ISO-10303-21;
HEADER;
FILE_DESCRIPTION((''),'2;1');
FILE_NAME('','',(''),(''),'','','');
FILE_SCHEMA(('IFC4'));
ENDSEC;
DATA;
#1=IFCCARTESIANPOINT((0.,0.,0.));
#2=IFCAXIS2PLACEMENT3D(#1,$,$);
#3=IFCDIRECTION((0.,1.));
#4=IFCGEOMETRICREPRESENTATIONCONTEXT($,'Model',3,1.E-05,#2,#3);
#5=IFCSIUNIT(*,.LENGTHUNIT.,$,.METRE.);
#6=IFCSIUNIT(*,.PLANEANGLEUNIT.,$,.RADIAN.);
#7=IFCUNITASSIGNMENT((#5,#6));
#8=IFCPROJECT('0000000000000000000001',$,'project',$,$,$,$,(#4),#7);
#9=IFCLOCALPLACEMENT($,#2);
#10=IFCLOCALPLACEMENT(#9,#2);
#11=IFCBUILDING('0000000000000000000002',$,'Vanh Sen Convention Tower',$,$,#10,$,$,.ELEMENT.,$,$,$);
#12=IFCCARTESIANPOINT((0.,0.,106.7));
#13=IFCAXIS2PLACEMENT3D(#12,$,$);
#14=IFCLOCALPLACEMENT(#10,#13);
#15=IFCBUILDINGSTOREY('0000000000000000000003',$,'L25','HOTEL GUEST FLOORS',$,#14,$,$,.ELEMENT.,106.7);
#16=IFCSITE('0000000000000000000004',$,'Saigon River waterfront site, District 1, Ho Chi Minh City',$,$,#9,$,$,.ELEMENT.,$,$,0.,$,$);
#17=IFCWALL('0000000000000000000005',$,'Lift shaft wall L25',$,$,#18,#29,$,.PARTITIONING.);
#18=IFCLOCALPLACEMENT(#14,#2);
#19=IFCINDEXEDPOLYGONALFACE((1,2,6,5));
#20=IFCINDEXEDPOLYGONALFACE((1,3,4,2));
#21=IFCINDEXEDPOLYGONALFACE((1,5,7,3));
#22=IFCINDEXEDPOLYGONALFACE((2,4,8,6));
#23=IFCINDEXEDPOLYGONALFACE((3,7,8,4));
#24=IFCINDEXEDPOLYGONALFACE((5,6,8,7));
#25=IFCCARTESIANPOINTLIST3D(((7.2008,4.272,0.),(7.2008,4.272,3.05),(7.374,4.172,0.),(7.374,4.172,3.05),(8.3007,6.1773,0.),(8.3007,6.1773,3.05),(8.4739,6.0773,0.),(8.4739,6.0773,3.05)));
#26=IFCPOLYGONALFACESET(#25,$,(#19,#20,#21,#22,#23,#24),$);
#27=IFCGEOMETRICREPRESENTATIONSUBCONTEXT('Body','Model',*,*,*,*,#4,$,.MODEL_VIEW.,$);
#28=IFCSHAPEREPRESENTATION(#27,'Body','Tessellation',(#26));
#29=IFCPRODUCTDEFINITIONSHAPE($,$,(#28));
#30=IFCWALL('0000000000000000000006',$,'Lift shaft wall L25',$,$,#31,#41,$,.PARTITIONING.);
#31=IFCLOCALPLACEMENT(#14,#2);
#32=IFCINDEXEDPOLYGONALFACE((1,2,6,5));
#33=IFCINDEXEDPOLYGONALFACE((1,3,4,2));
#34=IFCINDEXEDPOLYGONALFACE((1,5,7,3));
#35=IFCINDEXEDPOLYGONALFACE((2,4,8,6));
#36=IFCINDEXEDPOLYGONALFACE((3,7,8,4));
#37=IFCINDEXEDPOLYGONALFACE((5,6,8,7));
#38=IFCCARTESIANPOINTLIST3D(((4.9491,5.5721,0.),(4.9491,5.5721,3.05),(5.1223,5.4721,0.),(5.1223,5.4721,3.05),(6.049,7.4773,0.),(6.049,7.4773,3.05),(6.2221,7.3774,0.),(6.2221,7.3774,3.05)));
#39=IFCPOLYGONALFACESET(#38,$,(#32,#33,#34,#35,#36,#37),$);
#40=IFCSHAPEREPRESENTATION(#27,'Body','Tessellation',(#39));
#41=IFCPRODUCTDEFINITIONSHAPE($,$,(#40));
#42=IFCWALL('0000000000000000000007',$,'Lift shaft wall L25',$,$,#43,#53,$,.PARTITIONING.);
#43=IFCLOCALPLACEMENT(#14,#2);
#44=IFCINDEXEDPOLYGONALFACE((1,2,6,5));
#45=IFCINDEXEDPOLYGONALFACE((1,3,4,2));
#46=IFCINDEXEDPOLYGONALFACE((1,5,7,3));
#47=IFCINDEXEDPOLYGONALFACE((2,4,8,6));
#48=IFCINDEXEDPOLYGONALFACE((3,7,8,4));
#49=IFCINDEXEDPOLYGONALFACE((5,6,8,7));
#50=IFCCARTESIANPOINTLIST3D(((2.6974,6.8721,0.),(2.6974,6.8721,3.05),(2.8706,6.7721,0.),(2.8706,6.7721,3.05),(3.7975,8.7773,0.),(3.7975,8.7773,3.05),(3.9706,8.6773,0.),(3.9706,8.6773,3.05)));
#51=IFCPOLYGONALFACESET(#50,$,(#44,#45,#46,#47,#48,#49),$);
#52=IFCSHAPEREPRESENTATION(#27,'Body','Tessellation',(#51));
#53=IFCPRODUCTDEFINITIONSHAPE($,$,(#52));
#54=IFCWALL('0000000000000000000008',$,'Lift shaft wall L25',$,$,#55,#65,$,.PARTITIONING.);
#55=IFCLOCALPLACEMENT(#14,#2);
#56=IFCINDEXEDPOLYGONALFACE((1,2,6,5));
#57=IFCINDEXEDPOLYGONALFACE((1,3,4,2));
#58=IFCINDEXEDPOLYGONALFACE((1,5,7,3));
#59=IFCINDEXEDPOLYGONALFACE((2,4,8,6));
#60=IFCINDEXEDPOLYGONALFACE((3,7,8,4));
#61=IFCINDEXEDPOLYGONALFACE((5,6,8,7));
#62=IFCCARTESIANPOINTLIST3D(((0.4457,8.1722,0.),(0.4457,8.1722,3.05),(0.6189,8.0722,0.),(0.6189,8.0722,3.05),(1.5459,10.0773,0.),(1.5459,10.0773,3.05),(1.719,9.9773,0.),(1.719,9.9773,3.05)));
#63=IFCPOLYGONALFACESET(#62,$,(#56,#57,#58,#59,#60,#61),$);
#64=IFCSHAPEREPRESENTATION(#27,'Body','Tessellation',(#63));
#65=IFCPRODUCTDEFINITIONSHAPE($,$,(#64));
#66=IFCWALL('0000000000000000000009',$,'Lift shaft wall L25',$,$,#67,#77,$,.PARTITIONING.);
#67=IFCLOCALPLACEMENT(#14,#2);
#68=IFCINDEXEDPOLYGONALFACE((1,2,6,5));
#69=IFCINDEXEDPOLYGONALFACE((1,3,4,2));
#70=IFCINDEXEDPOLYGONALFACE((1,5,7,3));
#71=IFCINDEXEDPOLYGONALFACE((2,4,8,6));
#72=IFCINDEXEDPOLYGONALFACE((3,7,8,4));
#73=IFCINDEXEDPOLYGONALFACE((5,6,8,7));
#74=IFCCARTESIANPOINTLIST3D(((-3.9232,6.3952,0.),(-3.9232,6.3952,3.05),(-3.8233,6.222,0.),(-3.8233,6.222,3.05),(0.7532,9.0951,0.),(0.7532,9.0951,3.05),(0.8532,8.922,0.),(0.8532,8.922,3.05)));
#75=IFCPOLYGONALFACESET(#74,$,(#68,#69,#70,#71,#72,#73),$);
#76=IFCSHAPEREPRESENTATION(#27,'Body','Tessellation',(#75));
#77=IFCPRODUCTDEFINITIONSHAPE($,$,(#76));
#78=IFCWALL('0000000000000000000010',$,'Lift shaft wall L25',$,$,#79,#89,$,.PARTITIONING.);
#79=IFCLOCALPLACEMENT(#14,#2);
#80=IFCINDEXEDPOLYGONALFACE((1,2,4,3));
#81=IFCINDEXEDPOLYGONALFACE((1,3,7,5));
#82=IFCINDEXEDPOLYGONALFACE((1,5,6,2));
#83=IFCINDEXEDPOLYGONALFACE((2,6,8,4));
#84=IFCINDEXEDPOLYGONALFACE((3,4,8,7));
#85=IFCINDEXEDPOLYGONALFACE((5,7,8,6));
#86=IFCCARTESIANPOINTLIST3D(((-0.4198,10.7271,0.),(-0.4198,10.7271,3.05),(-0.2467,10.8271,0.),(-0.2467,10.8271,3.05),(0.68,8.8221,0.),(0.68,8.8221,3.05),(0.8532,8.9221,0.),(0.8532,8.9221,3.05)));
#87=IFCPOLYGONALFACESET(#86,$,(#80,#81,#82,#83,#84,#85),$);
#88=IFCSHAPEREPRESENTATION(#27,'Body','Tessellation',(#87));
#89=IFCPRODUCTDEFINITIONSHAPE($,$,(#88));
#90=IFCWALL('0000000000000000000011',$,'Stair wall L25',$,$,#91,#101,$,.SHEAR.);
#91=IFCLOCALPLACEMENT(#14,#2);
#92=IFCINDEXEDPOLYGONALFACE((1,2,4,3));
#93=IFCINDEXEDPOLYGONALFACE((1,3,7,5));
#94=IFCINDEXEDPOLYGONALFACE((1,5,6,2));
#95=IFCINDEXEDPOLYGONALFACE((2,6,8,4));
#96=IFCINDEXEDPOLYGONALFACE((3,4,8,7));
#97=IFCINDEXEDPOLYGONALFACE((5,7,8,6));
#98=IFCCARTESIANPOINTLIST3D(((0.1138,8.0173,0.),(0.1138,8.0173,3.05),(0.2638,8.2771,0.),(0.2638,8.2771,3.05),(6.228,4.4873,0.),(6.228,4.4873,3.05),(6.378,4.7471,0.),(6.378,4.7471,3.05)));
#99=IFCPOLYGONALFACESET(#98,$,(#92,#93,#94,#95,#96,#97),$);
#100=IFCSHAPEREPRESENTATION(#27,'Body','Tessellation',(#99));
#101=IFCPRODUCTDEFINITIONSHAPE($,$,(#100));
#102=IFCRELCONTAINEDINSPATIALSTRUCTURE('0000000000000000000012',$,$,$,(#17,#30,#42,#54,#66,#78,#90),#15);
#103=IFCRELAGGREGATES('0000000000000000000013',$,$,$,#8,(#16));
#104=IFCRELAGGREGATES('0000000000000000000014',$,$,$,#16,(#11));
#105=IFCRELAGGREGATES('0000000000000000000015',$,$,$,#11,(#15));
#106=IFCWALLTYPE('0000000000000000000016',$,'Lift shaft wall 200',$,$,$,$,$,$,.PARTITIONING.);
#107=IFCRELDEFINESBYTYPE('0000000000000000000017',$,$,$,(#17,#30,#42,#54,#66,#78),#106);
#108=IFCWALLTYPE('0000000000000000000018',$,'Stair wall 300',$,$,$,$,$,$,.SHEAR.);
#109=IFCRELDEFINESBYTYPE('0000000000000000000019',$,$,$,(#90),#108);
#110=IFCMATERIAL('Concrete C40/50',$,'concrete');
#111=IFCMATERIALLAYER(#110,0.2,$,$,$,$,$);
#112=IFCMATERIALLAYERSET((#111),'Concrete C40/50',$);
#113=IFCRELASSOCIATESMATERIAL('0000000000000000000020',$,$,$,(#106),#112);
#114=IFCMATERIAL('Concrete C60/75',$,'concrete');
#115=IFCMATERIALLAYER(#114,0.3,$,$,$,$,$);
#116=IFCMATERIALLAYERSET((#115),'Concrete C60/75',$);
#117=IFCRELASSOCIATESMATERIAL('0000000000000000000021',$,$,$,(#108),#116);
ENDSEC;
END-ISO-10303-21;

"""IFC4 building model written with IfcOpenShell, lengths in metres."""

from ifc_helpers import new_model, si_unit, direction, frame, frame_2d, origin, place, context, subcontext, project, spatial, rectangle, extrude, material, layer, layer_set, type_object, element, save


model = new_model("IFC4")

# Units and contexts
model_context = context("Model", 3, precision=1e-05, world=origin(), true_north=direction((0.0, 1.0)))
body_context = subcontext(model_context, "Body", "Model", "MODEL_VIEW")
ifc_project = project(units=[si_unit("LENGTHUNIT", "METRE"), si_unit("PLANEANGLEUNIT", "RADIAN")], contexts=[model_context])

# Site, building, storey
site_placement = place(None, origin())
site = spatial("IfcSite", under=ifc_project, at=site_placement, Name="Saigon River waterfront site, District 1, Ho Chi Minh City", CompositionType="ELEMENT", RefElevation=0.0)
building_placement = place(site_placement, origin())
building = spatial("IfcBuilding", under=site, at=building_placement, Name="Vanh Sen Convention Tower", CompositionType="ELEMENT")
storey_placement = place(building_placement, frame((0.0, 0.0, 106.7)))
storey = spatial("IfcBuildingStorey", under=building, at=storey_placement, Name="L25", Description="HOTEL GUEST FLOORS", CompositionType="ELEMENT", Elevation=106.7)

# Shared definitions
ifc_material_1 = material(Name="Concrete C60/75", Category="concrete")

# Walls
ifc_material_2 = material(Name="Concrete C40/50", Category="concrete")
ifc_layer_1 = layer(ifc_material_2, 0.2)
ifc_layer_set_1 = layer_set([ifc_layer_1], Name="Concrete C40/50")
wall_type_1 = type_object("IfcWallType", Name="Lift shaft wall 200", PredefinedType="PARTITIONING", material=ifc_layer_set_1)
for number, where, z_axis, x_axis, name in (
    (1, (7.2874, 4.2219, 0.0), (0.0, 0.0, 1.0), (0.499947, 0.866056, 0.0), "Lift shaft wall L25"),
    (2, (5.0356, 5.522, 0.0), (0.0, 0.0, 1.0), (0.499947, 0.866056, 0.0), "Lift shaft wall L25"),
    (3, (2.7839, 6.822, 0.0), (0.0, 0.0, 1.0), (0.50003, 0.866008, 0.0), "Lift shaft wall L25"),
    (4, (0.5322, 8.1221, 0.0), (0.0, 0.0, 1.0), (0.500078, 0.86598, 0.0), "Lift shaft wall L25"),
):
    element("IfcWall", number, at=place(storey_placement, frame(where, z_axis=z_axis, x_axis=x_axis)), inside=storey, type_object=wall_type_1, Name=name, PredefinedType="PARTITIONING", context=body_context, shape_type="SweptSolid", body=[
        extrude(rectangle(XDim=2.2, YDim=0.2, at=frame_2d((1.1001, 0.0))), origin(), (0.0, 0.0, 1.0), 3.05),
    ])
wall_1_placement = place(storey_placement, frame((0.8032, 9.0085, 0.0), z_axis=(0.0, 0.0, 1.0), x_axis=(-0.866028, -0.499995, 0.0)))
element("IfcWall", 5, at=wall_1_placement, inside=storey, type_object=wall_type_1, Name="Lift shaft wall L25", PredefinedType="PARTITIONING", context=body_context, shape_type="SweptSolid", body=[
    extrude(rectangle(XDim=5.3999, YDim=0.2, at=frame_2d((2.7, 0.0))), origin(), (0.0, 0.0, 1.0), 3.05),
])
wall_2_placement = place(storey_placement, frame((0.7666, 8.8721, 0.0), z_axis=(0.0, 0.0, 1.0), x_axis=(-0.499995, 0.866028, 0.0)))
element("IfcWall", 6, at=wall_2_placement, inside=storey, type_object=wall_type_1, Name="Lift shaft wall L25", PredefinedType="PARTITIONING", context=body_context, shape_type="SweptSolid", body=[
    extrude(rectangle(XDim=2.1997, YDim=0.2, at=frame_2d((1.0999, 0.0))), origin(), (0.0, 0.0, 1.0), 3.05),
])
ifc_layer_2 = layer(ifc_material_1, 0.3)
ifc_layer_set_2 = layer_set([ifc_layer_2], Name="Concrete C60/75")
wall_type_2 = type_object("IfcWallType", Name="Stair wall 300", PredefinedType="SHEAR", material=ifc_layer_set_2)
wall_3_placement = place(storey_placement, frame((6.303, 4.6172, 0.0), z_axis=(0.0, 0.0, 1.0), x_axis=(-0.866028, 0.499996, 0.0)))
element("IfcWall", 7, at=wall_3_placement, inside=storey, type_object=wall_type_2, Name="Stair wall L25", PredefinedType="SHEAR", context=body_context, shape_type="SweptSolid", body=[
    extrude(rectangle(XDim=7.0601, YDim=0.3, at=frame_2d((3.53, 0.0))), origin(), (0.0, 0.0, 1.0), 3.05),
])

save(model, "model.ifc")
